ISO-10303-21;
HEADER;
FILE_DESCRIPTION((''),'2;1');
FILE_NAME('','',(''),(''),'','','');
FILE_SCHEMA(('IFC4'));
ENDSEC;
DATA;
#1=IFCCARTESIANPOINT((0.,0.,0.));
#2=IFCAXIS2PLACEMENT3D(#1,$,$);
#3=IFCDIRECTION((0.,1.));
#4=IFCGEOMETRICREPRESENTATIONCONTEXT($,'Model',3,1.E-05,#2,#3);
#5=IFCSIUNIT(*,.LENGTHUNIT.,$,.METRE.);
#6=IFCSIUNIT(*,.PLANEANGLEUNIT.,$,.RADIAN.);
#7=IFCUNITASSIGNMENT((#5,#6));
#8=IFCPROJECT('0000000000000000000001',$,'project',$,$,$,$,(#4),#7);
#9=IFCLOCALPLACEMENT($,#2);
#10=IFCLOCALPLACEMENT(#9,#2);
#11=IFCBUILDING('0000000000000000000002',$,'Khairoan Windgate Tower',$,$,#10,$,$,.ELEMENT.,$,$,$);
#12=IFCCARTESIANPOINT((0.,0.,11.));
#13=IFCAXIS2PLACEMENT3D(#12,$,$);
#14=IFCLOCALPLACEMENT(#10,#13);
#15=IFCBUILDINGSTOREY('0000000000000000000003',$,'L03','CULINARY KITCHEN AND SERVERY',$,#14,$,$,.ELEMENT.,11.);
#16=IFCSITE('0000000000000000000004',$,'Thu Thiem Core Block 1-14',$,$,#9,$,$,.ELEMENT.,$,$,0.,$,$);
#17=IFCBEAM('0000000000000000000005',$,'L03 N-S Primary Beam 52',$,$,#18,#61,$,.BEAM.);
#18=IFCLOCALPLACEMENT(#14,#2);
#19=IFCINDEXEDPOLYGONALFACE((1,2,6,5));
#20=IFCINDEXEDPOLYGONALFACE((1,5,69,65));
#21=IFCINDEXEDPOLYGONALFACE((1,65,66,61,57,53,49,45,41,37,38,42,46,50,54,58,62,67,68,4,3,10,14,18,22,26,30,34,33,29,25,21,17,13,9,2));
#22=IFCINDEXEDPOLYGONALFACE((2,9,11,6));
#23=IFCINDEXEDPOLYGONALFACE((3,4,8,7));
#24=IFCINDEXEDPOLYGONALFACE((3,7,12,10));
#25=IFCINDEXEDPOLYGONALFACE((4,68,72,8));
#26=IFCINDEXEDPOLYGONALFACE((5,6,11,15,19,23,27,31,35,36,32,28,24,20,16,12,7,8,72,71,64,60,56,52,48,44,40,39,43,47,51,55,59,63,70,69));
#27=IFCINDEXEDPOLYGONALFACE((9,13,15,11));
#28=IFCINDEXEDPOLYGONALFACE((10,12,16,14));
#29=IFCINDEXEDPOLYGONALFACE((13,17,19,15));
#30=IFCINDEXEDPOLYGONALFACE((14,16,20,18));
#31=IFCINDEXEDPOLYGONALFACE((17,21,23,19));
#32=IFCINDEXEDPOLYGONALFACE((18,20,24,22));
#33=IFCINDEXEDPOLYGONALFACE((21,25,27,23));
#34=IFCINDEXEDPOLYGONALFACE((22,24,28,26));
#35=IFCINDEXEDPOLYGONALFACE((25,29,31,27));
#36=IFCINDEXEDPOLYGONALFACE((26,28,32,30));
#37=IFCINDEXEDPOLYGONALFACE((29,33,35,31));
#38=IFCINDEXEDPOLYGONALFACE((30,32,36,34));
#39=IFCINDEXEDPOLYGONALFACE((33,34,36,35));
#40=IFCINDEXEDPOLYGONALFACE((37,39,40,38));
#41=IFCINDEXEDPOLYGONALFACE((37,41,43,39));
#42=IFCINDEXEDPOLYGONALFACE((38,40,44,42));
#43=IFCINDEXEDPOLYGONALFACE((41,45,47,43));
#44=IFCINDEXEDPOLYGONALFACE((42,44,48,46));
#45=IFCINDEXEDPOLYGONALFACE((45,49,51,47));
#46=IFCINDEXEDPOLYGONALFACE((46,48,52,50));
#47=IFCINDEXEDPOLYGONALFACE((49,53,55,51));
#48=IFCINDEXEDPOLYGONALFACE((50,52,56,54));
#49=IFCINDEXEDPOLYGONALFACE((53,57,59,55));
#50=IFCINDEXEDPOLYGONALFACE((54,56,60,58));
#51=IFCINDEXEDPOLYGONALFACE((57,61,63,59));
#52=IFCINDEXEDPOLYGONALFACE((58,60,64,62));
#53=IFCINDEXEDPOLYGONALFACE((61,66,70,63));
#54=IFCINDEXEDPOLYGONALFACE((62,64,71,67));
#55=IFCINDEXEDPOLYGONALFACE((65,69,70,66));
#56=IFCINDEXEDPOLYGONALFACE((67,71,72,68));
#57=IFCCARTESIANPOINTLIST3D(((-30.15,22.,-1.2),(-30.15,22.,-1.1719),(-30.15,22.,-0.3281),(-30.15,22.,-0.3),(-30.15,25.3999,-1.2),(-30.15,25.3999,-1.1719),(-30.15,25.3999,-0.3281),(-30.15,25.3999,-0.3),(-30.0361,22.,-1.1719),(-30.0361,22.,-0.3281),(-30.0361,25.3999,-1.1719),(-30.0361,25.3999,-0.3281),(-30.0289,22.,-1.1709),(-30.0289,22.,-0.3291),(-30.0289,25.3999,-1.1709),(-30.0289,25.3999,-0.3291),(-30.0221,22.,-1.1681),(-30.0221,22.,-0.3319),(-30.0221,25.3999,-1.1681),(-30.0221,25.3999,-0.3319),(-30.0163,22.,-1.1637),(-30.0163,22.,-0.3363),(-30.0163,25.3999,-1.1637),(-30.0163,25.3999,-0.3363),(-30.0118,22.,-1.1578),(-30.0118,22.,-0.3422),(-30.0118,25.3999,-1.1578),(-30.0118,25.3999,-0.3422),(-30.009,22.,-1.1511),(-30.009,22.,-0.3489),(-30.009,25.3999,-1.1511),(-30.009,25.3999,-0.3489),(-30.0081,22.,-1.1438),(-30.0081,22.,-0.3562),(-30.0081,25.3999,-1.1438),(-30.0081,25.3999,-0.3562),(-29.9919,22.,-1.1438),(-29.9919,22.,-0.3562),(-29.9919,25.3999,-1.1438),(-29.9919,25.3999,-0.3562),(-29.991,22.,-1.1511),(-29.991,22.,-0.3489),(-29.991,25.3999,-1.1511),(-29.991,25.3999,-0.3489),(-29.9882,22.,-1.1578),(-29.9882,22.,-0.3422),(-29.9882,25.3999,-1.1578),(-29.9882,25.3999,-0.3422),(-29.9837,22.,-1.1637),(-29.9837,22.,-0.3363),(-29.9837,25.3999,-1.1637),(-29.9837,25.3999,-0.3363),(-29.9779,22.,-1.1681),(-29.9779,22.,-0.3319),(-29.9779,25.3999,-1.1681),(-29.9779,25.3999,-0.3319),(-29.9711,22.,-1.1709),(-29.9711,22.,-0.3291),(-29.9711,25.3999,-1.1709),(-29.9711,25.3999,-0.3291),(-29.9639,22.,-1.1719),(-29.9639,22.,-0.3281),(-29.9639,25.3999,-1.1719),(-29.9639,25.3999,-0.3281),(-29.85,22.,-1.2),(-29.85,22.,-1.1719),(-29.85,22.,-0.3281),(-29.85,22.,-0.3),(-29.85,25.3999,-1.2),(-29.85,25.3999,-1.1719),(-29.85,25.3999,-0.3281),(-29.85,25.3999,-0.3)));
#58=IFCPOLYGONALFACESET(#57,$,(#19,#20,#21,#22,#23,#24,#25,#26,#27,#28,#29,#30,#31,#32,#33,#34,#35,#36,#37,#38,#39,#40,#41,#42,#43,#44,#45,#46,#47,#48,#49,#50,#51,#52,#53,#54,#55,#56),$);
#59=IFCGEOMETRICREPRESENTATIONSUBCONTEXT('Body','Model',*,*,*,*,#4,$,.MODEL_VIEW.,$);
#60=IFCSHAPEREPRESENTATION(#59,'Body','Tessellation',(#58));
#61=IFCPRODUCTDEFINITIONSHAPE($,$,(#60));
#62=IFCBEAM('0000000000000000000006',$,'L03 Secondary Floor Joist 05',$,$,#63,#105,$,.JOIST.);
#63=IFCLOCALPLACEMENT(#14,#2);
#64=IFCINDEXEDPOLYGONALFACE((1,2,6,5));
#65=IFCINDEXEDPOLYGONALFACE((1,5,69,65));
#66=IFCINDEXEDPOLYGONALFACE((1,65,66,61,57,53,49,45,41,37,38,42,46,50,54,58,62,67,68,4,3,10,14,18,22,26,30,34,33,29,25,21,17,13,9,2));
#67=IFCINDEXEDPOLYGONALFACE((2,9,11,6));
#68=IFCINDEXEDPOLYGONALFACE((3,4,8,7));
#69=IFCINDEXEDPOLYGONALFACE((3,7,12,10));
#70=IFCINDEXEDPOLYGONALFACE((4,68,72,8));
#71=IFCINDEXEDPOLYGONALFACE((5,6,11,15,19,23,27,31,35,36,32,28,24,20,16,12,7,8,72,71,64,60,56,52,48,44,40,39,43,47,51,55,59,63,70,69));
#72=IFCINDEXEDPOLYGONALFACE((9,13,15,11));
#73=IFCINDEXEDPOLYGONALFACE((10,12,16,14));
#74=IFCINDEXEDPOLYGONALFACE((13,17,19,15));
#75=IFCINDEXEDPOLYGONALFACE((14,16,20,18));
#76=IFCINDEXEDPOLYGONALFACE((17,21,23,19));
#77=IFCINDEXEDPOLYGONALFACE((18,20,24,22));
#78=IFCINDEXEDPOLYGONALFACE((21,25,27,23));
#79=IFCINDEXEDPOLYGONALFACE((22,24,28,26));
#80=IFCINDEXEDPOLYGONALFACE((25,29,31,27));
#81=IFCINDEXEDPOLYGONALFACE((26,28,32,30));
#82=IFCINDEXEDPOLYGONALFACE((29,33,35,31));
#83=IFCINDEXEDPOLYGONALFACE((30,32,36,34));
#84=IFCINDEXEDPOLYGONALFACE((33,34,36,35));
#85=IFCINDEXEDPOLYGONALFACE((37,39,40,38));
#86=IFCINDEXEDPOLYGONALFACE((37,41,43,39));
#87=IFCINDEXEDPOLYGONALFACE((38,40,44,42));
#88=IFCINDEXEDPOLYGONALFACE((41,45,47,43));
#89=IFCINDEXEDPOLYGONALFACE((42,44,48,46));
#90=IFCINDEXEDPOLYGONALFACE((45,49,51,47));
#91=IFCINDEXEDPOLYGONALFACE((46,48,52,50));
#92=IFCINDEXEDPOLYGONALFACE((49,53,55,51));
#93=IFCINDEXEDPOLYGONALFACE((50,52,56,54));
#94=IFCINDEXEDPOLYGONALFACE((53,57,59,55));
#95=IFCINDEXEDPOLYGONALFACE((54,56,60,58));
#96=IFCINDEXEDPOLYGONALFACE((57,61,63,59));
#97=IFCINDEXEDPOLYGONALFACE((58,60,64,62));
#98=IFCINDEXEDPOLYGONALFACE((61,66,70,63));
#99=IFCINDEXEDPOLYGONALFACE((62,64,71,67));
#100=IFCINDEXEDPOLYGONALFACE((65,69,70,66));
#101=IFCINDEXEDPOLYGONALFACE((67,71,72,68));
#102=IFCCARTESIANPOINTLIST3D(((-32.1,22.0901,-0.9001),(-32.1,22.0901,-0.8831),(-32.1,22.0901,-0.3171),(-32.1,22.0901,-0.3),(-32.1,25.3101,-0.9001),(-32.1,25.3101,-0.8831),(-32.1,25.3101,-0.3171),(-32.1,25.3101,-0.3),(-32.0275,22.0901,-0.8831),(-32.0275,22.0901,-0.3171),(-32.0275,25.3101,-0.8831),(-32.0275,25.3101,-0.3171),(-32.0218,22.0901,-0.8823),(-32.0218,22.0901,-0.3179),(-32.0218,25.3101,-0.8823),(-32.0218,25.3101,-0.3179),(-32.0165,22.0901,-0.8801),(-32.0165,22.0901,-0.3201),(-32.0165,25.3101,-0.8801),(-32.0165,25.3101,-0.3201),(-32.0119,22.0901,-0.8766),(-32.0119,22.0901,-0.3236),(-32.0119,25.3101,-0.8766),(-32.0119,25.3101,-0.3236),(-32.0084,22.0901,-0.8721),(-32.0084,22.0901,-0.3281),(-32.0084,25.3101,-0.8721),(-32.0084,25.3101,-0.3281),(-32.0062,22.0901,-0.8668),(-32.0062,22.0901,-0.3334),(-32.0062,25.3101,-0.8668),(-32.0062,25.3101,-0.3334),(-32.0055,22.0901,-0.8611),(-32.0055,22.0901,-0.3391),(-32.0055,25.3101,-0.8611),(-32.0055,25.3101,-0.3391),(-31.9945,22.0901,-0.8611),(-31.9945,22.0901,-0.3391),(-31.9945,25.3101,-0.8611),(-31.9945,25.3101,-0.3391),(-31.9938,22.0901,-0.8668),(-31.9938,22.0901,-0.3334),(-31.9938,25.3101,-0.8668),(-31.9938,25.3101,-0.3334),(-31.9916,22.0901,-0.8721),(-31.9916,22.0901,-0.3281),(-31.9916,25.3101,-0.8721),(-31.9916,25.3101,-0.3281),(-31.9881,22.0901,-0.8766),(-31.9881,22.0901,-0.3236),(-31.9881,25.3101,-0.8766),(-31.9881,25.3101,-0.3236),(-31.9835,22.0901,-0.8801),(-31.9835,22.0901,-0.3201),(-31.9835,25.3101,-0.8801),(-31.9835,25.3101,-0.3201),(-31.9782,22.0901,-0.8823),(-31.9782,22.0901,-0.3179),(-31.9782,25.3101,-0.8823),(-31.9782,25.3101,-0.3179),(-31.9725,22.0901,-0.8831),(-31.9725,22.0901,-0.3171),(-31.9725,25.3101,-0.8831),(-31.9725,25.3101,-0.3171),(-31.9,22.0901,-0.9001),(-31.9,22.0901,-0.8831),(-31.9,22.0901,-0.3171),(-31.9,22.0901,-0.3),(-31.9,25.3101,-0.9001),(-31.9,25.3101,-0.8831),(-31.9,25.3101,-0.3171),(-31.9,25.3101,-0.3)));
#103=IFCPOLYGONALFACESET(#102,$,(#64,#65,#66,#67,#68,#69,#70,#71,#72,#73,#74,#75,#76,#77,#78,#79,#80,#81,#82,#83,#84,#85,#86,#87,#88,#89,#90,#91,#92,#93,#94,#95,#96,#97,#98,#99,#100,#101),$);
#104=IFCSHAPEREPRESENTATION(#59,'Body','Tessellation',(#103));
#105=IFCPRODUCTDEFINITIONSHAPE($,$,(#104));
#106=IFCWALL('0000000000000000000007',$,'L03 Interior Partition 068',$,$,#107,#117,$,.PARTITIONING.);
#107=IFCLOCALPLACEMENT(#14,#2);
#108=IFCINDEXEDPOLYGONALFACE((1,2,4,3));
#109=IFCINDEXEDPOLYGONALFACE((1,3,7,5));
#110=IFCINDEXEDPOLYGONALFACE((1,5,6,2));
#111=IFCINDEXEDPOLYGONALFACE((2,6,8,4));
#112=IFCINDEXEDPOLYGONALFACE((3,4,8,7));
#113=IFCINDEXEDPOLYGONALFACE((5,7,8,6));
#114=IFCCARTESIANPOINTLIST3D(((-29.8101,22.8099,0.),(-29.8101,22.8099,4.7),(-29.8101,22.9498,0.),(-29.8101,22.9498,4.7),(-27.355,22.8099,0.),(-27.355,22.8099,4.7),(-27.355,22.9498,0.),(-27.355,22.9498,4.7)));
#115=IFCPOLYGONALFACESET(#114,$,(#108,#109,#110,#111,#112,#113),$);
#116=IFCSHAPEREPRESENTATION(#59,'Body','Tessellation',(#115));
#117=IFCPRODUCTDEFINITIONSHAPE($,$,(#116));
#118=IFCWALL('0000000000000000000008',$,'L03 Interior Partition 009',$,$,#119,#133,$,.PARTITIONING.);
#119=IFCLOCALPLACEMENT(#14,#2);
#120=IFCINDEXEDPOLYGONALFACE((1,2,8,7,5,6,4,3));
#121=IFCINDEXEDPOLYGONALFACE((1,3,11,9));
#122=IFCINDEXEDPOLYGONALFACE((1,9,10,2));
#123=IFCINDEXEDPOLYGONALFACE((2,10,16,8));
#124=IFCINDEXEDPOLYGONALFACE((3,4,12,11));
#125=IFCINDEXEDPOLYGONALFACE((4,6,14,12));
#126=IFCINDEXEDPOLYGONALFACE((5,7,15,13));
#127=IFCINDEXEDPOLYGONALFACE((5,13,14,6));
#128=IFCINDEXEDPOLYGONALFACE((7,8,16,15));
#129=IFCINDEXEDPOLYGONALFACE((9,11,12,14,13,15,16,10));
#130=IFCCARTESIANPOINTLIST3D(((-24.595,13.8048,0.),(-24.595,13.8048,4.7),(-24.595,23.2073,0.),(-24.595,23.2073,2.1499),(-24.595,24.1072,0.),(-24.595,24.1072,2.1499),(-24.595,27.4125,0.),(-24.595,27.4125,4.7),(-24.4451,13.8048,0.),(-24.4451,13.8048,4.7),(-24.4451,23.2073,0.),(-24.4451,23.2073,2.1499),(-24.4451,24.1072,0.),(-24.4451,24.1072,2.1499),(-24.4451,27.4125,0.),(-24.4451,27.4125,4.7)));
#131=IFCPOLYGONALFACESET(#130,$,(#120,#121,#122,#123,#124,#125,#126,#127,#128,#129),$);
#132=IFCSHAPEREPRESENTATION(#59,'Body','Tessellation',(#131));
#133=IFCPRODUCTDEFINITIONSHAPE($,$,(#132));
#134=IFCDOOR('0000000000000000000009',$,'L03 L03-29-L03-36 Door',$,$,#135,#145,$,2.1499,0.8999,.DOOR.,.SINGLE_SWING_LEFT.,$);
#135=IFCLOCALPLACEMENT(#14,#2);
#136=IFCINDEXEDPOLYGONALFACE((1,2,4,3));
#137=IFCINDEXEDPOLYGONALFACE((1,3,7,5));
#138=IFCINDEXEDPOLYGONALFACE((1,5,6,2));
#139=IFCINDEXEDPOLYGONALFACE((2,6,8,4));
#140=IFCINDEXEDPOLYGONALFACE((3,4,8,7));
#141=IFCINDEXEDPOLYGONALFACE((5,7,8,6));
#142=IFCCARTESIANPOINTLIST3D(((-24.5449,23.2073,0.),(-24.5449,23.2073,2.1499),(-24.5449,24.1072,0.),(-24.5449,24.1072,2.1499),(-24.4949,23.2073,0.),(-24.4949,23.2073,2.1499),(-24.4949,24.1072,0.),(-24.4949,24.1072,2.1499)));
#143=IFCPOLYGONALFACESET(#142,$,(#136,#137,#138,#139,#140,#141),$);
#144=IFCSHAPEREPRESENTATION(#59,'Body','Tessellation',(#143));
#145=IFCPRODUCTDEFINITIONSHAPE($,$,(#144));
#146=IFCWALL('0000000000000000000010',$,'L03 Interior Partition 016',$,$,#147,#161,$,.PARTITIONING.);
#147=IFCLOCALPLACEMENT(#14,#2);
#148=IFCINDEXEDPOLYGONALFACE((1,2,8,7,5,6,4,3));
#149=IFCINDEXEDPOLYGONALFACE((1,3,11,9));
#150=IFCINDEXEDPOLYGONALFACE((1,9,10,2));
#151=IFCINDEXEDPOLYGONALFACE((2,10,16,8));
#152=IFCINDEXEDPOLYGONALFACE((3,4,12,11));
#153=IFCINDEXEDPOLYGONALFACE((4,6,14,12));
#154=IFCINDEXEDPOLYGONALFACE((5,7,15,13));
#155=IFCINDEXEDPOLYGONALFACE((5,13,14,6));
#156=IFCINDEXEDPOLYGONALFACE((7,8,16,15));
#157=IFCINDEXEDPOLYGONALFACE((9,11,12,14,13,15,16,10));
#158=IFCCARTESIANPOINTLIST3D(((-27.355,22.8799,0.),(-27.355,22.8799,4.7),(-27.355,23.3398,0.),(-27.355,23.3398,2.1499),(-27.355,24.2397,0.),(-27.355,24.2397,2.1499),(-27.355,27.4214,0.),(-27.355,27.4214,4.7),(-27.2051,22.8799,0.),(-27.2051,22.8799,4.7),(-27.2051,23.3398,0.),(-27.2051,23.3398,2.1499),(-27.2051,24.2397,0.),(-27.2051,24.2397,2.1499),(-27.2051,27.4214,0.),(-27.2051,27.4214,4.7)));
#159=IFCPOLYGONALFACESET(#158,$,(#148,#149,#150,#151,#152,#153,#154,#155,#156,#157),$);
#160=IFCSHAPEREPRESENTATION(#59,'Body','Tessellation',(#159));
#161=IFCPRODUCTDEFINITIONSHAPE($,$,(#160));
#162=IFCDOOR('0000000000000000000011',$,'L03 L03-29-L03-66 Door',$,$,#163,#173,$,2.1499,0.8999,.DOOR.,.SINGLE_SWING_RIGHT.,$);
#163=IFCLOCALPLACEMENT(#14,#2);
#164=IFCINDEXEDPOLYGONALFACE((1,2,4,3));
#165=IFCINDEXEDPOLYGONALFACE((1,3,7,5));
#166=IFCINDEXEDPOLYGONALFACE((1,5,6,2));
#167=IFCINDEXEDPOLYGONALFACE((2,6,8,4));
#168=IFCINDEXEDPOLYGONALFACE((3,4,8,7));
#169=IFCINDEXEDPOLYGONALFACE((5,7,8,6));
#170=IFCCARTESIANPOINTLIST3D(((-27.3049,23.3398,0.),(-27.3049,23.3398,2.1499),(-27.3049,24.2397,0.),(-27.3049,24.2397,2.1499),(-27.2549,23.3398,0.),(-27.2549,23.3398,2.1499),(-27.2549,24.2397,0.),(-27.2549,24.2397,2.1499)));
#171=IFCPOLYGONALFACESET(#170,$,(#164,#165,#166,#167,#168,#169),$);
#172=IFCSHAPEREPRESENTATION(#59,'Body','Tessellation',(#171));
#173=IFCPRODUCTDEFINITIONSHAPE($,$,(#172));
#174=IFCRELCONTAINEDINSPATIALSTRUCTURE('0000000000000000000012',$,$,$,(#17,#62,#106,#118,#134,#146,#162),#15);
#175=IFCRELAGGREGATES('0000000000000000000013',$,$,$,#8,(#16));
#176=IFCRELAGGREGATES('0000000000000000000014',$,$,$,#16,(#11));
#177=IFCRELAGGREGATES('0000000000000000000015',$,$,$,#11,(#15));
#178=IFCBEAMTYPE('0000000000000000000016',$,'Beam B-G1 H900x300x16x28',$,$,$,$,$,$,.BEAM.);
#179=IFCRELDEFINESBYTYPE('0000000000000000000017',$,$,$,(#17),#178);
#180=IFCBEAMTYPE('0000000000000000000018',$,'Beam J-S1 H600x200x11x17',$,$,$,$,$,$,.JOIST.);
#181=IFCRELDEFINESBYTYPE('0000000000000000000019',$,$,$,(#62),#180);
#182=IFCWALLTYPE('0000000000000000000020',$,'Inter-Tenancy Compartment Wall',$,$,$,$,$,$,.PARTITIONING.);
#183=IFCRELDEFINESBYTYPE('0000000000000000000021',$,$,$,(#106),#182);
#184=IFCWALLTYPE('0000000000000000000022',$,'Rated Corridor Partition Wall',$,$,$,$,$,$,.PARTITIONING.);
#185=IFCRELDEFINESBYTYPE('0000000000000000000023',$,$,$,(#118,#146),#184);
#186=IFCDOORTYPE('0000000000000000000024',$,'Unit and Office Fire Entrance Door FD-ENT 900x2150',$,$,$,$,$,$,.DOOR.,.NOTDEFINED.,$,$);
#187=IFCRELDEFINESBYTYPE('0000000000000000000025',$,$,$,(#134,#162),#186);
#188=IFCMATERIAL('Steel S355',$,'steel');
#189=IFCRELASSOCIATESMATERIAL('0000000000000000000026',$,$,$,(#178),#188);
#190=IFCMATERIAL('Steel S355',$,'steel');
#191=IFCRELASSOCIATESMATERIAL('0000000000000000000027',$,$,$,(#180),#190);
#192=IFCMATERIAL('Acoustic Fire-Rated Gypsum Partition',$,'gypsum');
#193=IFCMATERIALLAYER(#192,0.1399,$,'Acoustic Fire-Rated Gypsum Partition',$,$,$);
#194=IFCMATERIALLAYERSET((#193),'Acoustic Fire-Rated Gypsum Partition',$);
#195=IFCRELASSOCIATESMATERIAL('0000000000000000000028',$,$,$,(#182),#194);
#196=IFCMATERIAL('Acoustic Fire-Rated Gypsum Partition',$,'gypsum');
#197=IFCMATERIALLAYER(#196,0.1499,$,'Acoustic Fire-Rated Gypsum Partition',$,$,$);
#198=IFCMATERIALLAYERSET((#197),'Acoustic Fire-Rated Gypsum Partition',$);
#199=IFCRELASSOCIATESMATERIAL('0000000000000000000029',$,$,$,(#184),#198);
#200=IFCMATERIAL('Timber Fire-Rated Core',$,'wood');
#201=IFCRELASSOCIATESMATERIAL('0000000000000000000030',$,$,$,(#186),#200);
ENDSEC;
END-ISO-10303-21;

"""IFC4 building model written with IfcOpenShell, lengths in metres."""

from ifc_helpers import new_model, si_unit, direction, frame, frame_2d, origin, origin_2d, place, context, subcontext, project, spatial, rectangle, i_section, extrude, material, layer, layer_set, material_profile, profile_set, type_object, element, fill, save


model = new_model("IFC4")

# Units and contexts
model_context = context("Model", 3, precision=1e-05, world=origin(), true_north=direction((0.0, 1.0)))
body_context = subcontext(model_context, "Body", "Model", "MODEL_VIEW")
ifc_project = project(units=[si_unit("LENGTHUNIT", "METRE"), si_unit("PLANEANGLEUNIT", "RADIAN")], contexts=[model_context])

# Site, building, storey
site_placement = place(None, origin())
site = spatial("IfcSite", under=ifc_project, at=site_placement, Name="Thu Thiem Core Block 1-14", CompositionType="ELEMENT", RefElevation=0.0)
building_placement = place(site_placement, origin())
building = spatial("IfcBuilding", under=site, at=building_placement, Name="Khairoan Windgate Tower", CompositionType="ELEMENT")
storey_placement = place(building_placement, frame((0.0, 0.0, 11.0)))
storey = spatial("IfcBuildingStorey", under=building, at=storey_placement, Name="L03", Description="CULINARY KITCHEN AND SERVERY", CompositionType="ELEMENT", Elevation=11.0)

# Beams
ifc_material_1 = material(Name="Steel S355", Category="steel")
ifc_material_profile_1 = material_profile(ifc_material_1, i_section(OverallWidth=0.3, OverallDepth=0.8999, WebThickness=0.0161, FlangeThickness=0.0281, FilletRadius=0.0281, at=origin_2d()))
ifc_profile_set_1 = profile_set([ifc_material_profile_1], Name="Steel S355")
beam_type_1 = type_object("IfcBeamType", Name="Beam B-G1 H900x300x16x28", PredefinedType="BEAM", material=ifc_profile_set_1)
beam_1_placement = place(storey_placement, frame((-30.0, 22.0, -0.75), z_axis=(0.0, 1.0, 0.0), x_axis=(-1.0, 0.0, 0.0)))
element("IfcBeam", 1, at=beam_1_placement, inside=storey, type_object=beam_type_1, Name="L03 N-S Primary Beam 52", PredefinedType="BEAM", context=body_context, shape_type="SweptSolid", body=[
    extrude(i_section(OverallWidth=0.3, OverallDepth=0.8999, WebThickness=0.0161, FlangeThickness=0.0281, FilletRadius=0.0281, at=origin_2d()), origin(), (0.0, 0.0, 1.0), 3.3999),
])
ifc_material_2 = material(Name="Steel S355", Category="steel")
ifc_material_profile_2 = material_profile(ifc_material_2, i_section(OverallWidth=0.2, OverallDepth=0.6001, WebThickness=0.011, FlangeThickness=0.0171, FilletRadius=0.022, at=origin_2d()))
ifc_profile_set_2 = profile_set([ifc_material_profile_2], Name="Steel S355")
beam_type_2 = type_object("IfcBeamType", Name="Beam J-S1 H600x200x11x17", PredefinedType="JOIST", material=ifc_profile_set_2)
beam_2_placement = place(storey_placement, frame((-32.0, 22.0901, -0.6001), z_axis=(0.0, 1.0, 0.0), x_axis=(-1.0, 0.0, 0.0)))
element("IfcBeam", 2, at=beam_2_placement, inside=storey, type_object=beam_type_2, Name="L03 Secondary Floor Joist 05", PredefinedType="JOIST", context=body_context, shape_type="SweptSolid", body=[
    extrude(i_section(OverallWidth=0.2, OverallDepth=0.6001, WebThickness=0.011, FlangeThickness=0.0171, FilletRadius=0.022, at=origin_2d()), origin(), (0.0, 0.0, 1.0), 3.22),
])

# Wall
ifc_material_3 = material(Name="Acoustic Fire-Rated Gypsum Partition", Category="gypsum")
ifc_layer_1 = layer(ifc_material_3, 0.1399, Name="Acoustic Fire-Rated Gypsum Partition")
ifc_layer_set_1 = layer_set([ifc_layer_1], Name="Acoustic Fire-Rated Gypsum Partition")
wall_type_1 = type_object("IfcWallType", Name="Inter-Tenancy Compartment Wall", PredefinedType="PARTITIONING", material=ifc_layer_set_1)
wall_1_placement = place(storey_placement, frame((-29.8101, 22.8799, 0.0), z_axis=(0.0, 0.0, 1.0), x_axis=(1.0, 0.0, 0.0)))
element("IfcWall", 3, at=wall_1_placement, inside=storey, type_object=wall_type_1, Name="L03 Interior Partition 068", PredefinedType="PARTITIONING", context=body_context, shape_type="SweptSolid", body=[
    extrude(rectangle(XDim=2.4551, YDim=0.1399, at=frame_2d((1.2275, 0.0))), origin(), (0.0, 0.0, 1.0), 4.7),
])

# Walls, openings, doors
ifc_material_4 = material(Name="Acoustic Fire-Rated Gypsum Partition", Category="gypsum")
ifc_layer_2 = layer(ifc_material_4, 0.1499, Name="Acoustic Fire-Rated Gypsum Partition")
ifc_layer_set_2 = layer_set([ifc_layer_2], Name="Acoustic Fire-Rated Gypsum Partition")
wall_type_2 = type_object("IfcWallType", Name="Rated Corridor Partition Wall", PredefinedType="PARTITIONING", material=ifc_layer_set_2)
wall_2_placement = place(storey_placement, frame((-24.52, 13.8049, 0.0), z_axis=(0.0, 0.0, 1.0), x_axis=(0.0, 1.0, 0.0)))
wall_2 = element("IfcWall", 4, at=wall_2_placement, inside=storey, type_object=wall_type_2, Name="L03 Interior Partition 009", PredefinedType="PARTITIONING", context=body_context, shape_type="SweptSolid", body=[
    extrude(rectangle(XDim=13.6077, YDim=0.1499, at=frame_2d((6.8037, 0.0))), origin(), (0.0, 0.0, 1.0), 4.7),
])
opening_1_placement = place(wall_2_placement, frame((9.4023, 0.0, 0.0)))
opening_1 = element("IfcOpeningElement", 5, at=opening_1_placement, cuts=wall_2, PredefinedType="OPENING", context=body_context, shape_type="SweptSolid", body=[
    extrude(rectangle(XDim=0.8999, YDim=2.1499, at=frame_2d((0.45, 1.075))), frame((0.0, 0.085, 0.0), z_axis=(0.0, -1.0, 0.0), x_axis=(1.0, 0.0, 0.0)), (0.0, 0.0, 1.0), 0.1699),
])
ifc_material_5 = material(Name="Timber Fire-Rated Core", Category="wood")
door_type = type_object("IfcDoorType", Name="Unit and Office Fire Entrance Door FD-ENT 900x2150", OperationType="NOTDEFINED", PredefinedType="DOOR", material=ifc_material_5)
door_1_placement = place(opening_1_placement, origin())
door_1 = element("IfcDoor", 6, at=door_1_placement, inside=storey, type_object=door_type, Name="L03 L03-29-L03-36 Door", OperationType="SINGLE_SWING_LEFT", OverallHeight=2.1499, OverallWidth=0.8999, PredefinedType="DOOR", context=body_context, shape_type="SweptSolid", body=[
    extrude(rectangle(XDim=0.8999, YDim=2.1499, at=frame_2d((0.45, 1.075))), frame((0.0, 0.0249, 0.0), z_axis=(0.0, -1.0, 0.0), x_axis=(1.0, 0.0, 0.0)), (0.0, 0.0, 1.0), 0.05),
])
fill(opening_1, door_1)
wall_3_placement = place(storey_placement, frame((-27.28, 22.8799, 0.0), z_axis=(0.0, 0.0, 1.0), x_axis=(0.0, 1.0, 0.0)))
wall_3 = element("IfcWall", 7, at=wall_3_placement, inside=storey, type_object=wall_type_2, Name="L03 Interior Partition 016", PredefinedType="PARTITIONING", context=body_context, shape_type="SweptSolid", body=[
    extrude(rectangle(XDim=4.5415, YDim=0.1499, at=frame_2d((2.2708, 0.0))), origin(), (0.0, 0.0, 1.0), 4.7),
])
opening_2_placement = place(wall_3_placement, frame((0.46, 0.0, 0.0)))
opening_2 = element("IfcOpeningElement", 8, at=opening_2_placement, cuts=wall_3, PredefinedType="OPENING", context=body_context, shape_type="SweptSolid", body=[
    extrude(rectangle(XDim=0.8999, YDim=2.1499, at=frame_2d((0.45, 1.075))), frame((0.0, 0.085, 0.0), z_axis=(0.0, -1.0, 0.0), x_axis=(1.0, 0.0, 0.0)), (0.0, 0.0, 1.0), 0.1699),
])
door_2_placement = place(opening_2_placement, origin())
door_2 = element("IfcDoor", 9, at=door_2_placement, inside=storey, type_object=door_type, Name="L03 L03-29-L03-66 Door", OperationType="SINGLE_SWING_RIGHT", OverallHeight=2.1499, OverallWidth=0.8999, PredefinedType="DOOR", context=body_context, shape_type="SweptSolid", body=[
    extrude(rectangle(XDim=0.8999, YDim=2.1499, at=frame_2d((0.45, 1.075))), frame((0.0, 0.0249, 0.0), z_axis=(0.0, -1.0, 0.0), x_axis=(1.0, 0.0, 0.0)), (0.0, 0.0, 1.0), 0.05),
])
fill(opening_2, door_2)

save(model, "model.ifc")
